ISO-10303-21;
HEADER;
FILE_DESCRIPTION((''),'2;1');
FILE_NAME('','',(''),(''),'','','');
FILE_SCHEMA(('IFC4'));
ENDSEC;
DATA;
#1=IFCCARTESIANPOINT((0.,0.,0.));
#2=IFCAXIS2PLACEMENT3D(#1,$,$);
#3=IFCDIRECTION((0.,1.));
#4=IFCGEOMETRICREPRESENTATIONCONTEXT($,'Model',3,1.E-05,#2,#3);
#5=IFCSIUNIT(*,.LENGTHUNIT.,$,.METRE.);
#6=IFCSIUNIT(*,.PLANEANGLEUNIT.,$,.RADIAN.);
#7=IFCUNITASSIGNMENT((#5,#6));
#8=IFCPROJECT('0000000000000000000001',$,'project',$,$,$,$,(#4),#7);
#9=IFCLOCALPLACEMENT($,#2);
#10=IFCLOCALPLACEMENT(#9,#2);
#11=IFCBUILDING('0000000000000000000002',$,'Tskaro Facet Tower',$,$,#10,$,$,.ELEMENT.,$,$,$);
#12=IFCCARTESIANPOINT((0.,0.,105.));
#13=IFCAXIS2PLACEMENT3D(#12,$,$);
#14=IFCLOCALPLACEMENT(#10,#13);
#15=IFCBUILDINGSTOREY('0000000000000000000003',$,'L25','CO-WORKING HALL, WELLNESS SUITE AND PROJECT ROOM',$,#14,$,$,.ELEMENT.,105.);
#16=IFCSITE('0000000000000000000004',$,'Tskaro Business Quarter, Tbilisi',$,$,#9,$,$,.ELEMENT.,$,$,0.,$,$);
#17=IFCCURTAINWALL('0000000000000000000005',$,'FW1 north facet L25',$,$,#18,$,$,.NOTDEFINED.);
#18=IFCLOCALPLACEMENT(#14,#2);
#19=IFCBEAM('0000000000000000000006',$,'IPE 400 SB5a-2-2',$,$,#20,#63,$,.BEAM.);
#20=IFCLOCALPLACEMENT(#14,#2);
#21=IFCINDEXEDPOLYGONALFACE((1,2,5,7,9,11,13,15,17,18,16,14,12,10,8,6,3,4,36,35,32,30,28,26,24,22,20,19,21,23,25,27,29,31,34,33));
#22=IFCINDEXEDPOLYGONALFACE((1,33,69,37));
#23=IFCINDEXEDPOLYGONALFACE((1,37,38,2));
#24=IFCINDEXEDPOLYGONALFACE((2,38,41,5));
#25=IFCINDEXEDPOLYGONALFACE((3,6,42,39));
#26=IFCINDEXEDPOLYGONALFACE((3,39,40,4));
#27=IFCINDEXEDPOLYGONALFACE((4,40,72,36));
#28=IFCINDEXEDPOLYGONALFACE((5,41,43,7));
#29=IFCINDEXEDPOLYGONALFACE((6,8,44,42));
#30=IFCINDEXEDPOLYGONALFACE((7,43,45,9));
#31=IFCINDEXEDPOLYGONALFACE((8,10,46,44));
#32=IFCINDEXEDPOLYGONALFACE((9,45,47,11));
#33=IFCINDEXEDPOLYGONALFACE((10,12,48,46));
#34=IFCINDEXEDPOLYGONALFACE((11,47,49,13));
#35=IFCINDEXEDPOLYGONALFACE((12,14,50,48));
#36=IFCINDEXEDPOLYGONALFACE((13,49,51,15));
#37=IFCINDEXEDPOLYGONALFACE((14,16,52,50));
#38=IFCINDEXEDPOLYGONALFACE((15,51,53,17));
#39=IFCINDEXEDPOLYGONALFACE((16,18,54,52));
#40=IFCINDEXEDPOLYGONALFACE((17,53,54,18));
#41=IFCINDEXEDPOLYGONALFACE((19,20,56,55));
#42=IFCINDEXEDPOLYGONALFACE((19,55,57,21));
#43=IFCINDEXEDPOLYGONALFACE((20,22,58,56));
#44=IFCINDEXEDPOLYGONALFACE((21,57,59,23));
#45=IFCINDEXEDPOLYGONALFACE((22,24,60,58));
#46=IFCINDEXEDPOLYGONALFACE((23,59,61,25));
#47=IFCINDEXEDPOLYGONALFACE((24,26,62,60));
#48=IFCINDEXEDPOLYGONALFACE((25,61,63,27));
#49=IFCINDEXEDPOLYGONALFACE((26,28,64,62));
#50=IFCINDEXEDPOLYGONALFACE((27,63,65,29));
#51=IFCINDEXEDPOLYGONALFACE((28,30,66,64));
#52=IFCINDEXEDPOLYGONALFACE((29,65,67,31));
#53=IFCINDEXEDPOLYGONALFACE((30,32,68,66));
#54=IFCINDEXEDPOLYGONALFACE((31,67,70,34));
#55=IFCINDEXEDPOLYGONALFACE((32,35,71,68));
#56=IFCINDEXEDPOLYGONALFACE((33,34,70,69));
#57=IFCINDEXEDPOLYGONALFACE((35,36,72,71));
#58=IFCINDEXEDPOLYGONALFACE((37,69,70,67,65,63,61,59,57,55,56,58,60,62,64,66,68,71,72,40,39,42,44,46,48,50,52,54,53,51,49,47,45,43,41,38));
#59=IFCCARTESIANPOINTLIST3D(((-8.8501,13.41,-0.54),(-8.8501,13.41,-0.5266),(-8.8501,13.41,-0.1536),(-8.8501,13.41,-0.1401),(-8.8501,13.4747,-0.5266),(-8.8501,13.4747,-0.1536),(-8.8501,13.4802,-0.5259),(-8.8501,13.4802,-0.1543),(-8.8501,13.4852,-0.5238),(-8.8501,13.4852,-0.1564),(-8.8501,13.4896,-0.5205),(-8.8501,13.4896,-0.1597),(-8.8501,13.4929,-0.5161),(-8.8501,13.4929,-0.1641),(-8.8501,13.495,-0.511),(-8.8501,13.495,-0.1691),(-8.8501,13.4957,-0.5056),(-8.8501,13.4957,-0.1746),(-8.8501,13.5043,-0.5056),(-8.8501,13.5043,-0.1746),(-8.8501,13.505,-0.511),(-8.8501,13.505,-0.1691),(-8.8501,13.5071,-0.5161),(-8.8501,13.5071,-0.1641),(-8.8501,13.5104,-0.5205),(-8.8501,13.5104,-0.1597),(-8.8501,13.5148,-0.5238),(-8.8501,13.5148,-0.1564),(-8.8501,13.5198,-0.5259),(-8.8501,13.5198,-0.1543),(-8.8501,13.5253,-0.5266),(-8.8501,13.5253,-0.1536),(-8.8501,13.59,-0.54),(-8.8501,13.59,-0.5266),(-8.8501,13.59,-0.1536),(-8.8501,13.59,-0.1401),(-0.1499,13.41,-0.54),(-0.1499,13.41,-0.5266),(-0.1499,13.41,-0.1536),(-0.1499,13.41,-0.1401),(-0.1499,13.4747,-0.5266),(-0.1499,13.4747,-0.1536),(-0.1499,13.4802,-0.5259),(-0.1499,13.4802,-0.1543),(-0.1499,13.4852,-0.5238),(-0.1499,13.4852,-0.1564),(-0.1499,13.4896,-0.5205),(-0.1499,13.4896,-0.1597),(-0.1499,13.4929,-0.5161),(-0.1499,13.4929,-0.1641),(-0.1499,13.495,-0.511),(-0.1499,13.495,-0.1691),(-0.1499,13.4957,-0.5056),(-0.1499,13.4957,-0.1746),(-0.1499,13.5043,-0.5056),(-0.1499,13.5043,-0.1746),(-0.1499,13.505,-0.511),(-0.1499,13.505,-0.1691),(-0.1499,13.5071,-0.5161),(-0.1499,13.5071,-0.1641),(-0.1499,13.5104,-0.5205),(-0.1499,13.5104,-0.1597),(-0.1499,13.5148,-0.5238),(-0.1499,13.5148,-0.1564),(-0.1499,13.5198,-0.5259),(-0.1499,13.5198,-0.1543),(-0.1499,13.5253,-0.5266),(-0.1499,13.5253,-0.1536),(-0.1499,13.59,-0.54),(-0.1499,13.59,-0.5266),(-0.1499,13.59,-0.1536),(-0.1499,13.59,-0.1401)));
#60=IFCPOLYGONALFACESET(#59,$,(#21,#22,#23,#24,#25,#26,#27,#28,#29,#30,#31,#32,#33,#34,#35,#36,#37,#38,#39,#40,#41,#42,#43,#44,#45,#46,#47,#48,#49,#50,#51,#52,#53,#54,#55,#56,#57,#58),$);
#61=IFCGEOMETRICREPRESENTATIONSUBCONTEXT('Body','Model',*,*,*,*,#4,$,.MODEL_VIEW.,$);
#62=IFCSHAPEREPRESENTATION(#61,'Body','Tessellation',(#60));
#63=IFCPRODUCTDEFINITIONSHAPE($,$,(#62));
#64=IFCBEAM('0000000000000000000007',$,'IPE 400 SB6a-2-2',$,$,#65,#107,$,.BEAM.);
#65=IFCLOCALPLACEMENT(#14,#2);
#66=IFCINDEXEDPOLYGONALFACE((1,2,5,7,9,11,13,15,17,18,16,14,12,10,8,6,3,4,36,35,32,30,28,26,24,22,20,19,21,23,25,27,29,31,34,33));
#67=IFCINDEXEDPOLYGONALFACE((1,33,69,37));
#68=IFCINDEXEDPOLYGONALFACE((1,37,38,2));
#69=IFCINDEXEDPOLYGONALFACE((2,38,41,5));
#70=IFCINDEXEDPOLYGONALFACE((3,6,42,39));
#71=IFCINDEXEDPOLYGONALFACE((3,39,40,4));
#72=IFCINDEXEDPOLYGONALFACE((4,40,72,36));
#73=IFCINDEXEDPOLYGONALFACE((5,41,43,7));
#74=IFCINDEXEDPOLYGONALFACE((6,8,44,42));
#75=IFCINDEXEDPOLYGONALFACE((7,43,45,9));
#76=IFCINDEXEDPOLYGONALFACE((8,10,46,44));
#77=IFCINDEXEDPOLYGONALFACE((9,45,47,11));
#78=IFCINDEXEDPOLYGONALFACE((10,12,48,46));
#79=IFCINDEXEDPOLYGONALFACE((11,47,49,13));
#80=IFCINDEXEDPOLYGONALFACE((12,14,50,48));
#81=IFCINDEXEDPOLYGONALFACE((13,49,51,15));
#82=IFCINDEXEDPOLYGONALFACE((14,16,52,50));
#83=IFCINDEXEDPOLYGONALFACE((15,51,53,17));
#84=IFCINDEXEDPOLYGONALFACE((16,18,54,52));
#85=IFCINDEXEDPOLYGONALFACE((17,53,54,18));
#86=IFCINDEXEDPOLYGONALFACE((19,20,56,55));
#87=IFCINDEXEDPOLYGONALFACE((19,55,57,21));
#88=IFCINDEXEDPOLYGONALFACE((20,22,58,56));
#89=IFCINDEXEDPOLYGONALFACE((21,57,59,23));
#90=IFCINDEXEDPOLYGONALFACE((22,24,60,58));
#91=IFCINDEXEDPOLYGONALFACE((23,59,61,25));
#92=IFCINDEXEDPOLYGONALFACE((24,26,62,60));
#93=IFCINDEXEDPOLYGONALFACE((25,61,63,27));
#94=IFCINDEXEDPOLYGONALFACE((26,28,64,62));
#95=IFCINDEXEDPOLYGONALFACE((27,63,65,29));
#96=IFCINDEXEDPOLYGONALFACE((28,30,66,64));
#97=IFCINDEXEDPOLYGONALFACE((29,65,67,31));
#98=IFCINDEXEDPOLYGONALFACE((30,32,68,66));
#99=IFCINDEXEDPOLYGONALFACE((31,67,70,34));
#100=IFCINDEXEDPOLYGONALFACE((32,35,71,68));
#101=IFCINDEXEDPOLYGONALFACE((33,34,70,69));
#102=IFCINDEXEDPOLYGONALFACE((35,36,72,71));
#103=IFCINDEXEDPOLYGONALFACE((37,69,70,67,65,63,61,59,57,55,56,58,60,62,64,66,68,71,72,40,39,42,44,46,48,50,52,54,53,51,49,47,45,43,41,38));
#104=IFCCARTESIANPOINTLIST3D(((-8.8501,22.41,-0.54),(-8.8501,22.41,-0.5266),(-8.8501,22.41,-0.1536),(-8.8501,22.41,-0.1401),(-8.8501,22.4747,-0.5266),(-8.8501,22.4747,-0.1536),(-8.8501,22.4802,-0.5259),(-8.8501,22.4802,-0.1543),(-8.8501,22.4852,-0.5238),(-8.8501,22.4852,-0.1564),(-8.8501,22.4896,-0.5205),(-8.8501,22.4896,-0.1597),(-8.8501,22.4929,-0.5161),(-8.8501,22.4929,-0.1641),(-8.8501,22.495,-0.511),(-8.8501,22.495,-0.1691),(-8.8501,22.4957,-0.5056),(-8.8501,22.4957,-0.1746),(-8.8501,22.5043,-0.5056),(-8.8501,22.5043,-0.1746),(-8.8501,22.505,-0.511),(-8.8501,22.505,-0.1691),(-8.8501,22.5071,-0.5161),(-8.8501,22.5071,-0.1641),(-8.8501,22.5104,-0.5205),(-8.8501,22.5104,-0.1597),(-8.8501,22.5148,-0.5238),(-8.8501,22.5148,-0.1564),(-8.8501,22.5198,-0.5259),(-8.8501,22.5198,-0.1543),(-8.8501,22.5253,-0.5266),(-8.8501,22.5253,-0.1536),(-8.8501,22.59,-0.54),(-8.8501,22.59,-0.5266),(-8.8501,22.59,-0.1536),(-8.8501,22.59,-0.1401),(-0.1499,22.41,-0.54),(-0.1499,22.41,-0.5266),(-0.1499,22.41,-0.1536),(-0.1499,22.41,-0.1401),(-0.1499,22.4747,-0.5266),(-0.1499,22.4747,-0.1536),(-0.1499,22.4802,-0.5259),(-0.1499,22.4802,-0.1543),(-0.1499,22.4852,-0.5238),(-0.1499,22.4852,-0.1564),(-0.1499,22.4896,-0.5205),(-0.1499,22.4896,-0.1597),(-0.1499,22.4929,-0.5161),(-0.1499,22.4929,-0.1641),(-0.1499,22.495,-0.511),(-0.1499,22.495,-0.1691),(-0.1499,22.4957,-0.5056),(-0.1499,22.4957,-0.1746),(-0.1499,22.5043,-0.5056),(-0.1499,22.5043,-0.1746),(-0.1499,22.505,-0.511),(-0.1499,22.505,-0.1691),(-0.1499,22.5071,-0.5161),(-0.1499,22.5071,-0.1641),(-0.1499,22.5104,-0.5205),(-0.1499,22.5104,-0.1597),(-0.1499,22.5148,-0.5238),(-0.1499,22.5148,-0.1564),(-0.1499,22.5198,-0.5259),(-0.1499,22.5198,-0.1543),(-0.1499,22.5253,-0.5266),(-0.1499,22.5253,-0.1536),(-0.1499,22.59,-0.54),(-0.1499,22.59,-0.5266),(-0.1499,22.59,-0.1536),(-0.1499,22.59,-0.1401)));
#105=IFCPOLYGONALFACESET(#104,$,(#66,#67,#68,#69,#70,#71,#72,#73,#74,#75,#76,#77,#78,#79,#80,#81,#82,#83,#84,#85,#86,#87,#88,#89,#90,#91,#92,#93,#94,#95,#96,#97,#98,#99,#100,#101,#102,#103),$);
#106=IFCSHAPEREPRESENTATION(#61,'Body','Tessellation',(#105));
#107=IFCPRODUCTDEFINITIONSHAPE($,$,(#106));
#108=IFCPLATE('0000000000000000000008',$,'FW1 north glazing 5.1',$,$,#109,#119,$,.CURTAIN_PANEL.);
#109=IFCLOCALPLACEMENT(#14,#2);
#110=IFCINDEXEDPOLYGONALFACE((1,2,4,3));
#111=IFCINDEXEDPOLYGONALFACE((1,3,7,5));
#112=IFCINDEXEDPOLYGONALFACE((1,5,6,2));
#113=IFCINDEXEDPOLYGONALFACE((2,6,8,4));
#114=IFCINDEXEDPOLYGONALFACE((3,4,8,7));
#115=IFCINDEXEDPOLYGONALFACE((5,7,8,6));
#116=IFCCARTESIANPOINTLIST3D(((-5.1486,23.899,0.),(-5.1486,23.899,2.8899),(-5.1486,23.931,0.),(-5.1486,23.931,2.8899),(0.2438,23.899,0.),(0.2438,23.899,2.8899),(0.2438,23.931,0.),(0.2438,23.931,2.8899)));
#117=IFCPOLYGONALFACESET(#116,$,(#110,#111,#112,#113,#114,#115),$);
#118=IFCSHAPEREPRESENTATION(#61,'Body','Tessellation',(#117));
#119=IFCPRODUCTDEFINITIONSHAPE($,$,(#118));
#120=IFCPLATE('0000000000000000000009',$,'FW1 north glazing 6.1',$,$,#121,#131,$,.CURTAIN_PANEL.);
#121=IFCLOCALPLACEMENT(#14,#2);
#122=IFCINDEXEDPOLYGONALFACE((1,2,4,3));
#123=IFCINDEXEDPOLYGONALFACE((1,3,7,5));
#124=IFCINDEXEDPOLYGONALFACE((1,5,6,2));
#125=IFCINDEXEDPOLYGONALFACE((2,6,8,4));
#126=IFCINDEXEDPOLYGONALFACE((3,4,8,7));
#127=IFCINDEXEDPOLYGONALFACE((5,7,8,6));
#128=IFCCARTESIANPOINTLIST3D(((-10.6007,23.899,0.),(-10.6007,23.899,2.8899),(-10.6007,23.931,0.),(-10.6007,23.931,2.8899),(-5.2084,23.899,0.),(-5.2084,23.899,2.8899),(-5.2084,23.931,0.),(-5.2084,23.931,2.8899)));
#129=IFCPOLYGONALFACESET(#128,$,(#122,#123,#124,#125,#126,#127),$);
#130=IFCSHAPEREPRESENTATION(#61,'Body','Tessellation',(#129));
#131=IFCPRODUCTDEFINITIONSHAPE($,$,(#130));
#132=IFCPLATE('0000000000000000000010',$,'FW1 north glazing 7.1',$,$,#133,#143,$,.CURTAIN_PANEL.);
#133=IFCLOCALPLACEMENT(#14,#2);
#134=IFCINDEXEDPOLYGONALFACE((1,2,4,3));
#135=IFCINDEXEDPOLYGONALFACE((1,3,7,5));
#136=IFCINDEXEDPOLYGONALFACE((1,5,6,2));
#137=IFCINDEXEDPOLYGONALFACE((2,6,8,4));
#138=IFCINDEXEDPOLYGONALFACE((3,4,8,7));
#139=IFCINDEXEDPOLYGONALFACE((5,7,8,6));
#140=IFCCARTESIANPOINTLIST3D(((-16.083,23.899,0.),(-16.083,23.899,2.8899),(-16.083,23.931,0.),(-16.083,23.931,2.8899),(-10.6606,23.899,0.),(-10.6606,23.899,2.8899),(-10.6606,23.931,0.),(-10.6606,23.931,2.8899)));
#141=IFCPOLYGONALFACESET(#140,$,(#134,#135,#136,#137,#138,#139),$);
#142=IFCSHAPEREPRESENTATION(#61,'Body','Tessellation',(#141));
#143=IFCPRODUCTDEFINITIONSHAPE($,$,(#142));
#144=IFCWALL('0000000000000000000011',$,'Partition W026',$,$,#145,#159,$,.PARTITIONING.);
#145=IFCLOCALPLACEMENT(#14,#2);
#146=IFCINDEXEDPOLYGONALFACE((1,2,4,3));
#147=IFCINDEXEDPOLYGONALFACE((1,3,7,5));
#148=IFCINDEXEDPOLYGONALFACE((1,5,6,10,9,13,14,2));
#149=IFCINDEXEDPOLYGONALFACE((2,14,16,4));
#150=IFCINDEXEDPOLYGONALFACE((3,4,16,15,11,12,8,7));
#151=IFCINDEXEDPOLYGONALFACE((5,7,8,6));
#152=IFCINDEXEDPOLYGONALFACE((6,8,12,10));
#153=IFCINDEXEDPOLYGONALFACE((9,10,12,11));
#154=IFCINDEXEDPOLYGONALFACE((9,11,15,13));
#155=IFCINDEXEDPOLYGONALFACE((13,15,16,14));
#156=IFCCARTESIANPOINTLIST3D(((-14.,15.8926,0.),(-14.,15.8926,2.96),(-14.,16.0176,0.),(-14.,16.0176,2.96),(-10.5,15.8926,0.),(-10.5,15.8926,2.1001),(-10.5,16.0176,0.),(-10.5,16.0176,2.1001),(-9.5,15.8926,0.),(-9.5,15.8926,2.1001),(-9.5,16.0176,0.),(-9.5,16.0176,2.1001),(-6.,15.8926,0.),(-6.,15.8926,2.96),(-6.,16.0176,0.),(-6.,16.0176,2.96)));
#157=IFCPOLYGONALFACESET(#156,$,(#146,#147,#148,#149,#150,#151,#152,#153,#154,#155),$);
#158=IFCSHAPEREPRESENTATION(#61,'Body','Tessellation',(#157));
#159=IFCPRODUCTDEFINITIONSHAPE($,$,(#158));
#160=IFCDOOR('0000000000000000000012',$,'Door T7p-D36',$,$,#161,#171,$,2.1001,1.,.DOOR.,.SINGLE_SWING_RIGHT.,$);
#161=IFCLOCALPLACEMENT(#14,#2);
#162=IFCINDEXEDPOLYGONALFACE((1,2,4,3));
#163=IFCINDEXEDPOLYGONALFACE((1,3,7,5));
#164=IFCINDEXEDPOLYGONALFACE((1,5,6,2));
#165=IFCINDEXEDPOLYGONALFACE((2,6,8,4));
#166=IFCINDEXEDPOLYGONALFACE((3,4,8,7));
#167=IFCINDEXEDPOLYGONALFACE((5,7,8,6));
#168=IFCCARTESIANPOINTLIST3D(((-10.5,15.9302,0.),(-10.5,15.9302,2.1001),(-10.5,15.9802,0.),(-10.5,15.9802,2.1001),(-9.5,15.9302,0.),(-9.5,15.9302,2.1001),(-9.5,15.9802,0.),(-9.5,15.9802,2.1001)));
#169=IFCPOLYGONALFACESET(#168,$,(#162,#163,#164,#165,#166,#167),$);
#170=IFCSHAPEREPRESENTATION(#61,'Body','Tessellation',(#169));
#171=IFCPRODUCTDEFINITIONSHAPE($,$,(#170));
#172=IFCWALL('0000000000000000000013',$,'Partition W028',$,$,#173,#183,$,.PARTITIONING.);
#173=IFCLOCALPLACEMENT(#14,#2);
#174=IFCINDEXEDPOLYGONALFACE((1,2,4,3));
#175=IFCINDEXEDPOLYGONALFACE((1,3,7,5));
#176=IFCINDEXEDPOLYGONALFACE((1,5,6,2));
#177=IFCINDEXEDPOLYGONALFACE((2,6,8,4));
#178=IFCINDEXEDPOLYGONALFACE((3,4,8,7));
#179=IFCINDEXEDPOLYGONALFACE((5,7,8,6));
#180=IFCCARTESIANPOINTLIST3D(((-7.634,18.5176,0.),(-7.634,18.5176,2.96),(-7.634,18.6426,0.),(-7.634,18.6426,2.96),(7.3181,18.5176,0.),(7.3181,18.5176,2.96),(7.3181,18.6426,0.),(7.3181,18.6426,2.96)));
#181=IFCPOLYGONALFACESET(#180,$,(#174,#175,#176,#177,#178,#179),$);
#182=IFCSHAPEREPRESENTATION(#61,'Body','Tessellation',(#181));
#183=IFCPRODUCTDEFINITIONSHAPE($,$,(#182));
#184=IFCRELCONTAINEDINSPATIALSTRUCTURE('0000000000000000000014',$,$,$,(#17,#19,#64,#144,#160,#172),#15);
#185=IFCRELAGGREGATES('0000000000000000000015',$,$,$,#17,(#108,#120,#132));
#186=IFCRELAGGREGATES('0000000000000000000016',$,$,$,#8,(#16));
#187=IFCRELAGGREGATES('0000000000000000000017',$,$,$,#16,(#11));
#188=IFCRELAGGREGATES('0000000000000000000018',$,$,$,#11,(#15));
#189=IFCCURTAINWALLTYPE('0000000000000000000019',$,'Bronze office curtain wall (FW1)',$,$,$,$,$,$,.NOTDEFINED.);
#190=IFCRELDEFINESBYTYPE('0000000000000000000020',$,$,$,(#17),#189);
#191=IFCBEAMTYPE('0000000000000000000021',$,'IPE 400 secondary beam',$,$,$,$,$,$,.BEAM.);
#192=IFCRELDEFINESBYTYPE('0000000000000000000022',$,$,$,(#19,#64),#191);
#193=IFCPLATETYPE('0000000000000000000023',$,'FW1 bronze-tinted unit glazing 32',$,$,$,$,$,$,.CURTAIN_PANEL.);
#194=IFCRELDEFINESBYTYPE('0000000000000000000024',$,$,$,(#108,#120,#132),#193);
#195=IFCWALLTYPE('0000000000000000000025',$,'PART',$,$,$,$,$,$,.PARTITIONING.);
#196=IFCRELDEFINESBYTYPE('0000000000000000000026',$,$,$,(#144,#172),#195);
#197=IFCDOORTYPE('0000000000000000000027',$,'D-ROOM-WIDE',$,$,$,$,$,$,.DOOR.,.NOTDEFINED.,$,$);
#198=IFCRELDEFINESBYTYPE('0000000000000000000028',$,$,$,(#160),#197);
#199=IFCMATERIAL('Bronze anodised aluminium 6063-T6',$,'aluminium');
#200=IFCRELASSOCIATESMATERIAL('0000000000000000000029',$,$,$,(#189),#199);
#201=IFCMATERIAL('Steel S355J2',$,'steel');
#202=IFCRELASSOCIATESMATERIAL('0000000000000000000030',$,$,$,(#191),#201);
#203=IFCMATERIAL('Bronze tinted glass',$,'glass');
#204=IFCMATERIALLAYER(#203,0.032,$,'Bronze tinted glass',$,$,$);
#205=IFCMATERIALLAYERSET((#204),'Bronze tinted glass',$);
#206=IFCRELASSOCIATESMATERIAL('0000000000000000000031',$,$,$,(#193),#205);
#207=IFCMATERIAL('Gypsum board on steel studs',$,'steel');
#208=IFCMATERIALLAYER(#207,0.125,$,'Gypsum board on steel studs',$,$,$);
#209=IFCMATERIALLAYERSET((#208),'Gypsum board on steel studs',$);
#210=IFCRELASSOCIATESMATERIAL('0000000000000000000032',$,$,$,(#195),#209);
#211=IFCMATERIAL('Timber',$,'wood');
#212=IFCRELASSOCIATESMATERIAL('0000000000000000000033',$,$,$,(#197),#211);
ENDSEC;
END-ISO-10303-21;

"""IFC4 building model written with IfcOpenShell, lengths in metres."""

from ifc_helpers import new_model, si_unit, direction, frame, frame_2d, origin, origin_2d, place, context, subcontext, project, spatial, rectangle, i_section, extrude, material, layer, layer_set, material_profile, profile_set, type_object, element, fill, aggregate, save


model = new_model("IFC4")

# Units and contexts
model_context = context("Model", 3, precision=1e-05, world=origin(), true_north=direction((0.0, 1.0)))
body_context = subcontext(model_context, "Body", "Model", "MODEL_VIEW")
ifc_project = project(units=[si_unit("LENGTHUNIT", "METRE"), si_unit("PLANEANGLEUNIT", "RADIAN")], contexts=[model_context])

# Site, building, storey
site_placement = place(None, origin())
site = spatial("IfcSite", under=ifc_project, at=site_placement, Name="Tskaro Business Quarter, Tbilisi", CompositionType="ELEMENT", RefElevation=0.0)
building_placement = place(site_placement, origin())
building = spatial("IfcBuilding", under=site, at=building_placement, Name="Tskaro Facet Tower", CompositionType="ELEMENT")
storey_placement = place(building_placement, frame((0.0, 0.0, 105.0)))
storey = spatial("IfcBuildingStorey", under=building, at=storey_placement, Name="L25", Description="CO-WORKING HALL, WELLNESS SUITE AND PROJECT ROOM", CompositionType="ELEMENT", Elevation=105.0)

# Curtain wall
ifc_material_1 = material(Name="Bronze anodised aluminium 6063-T6", Category="aluminium")
curtain_wall_type = type_object("IfcCurtainWallType", Name="Bronze office curtain wall (FW1)", PredefinedType="NOTDEFINED", material=ifc_material_1)
curtain_wall_placement = place(storey_placement, origin())
curtain_wall = element("IfcCurtainWall", 1, at=curtain_wall_placement, inside=storey, type_object=curtain_wall_type, Name="FW1 north facet L25", PredefinedType="NOTDEFINED")

# Beams
ifc_material_2 = material(Name="Steel S355J2", Category="steel")
ifc_material_profile_1 = material_profile(ifc_material_2, i_section(OverallWidth=0.1799, OverallDepth=0.3999, WebThickness=0.0085, FlangeThickness=0.0134, FilletRadius=0.021, at=origin_2d()), Name="IPE 400")
ifc_profile_set_1 = profile_set([ifc_material_profile_1], Name="Steel S355J2")
beam_type_1 = type_object("IfcBeamType", Name="IPE 400 secondary beam", PredefinedType="BEAM", material=ifc_profile_set_1)
for number, where, z_axis, x_axis, name in (
    (2, (-8.8501, 13.5, -0.3401), (1.0, 0.0, 0.0), (0.0, 1.0, 0.0), "IPE 400 SB5a-2-2"),
    (3, (-8.8501, 22.5, -0.3401), (1.0, 0.0, 0.0), (0.0, 1.0, 0.0), "IPE 400 SB6a-2-2"),
):
    element("IfcBeam", number, at=place(storey_placement, frame(where, z_axis=z_axis, x_axis=x_axis)), inside=storey, type_object=beam_type_1, Name=name, PredefinedType="BEAM", context=body_context, shape_type="SweptSolid", body=[
        extrude(i_section(OverallWidth=0.1799, OverallDepth=0.3999, WebThickness=0.0085, FlangeThickness=0.0134, FilletRadius=0.021, at=origin_2d()), origin(), (0.0, 0.0, 1.0), 8.7002),
    ])

# Plates
ifc_material_3 = material(Name="Bronze tinted glass", Category="glass")
ifc_layer_1 = layer(ifc_material_3, 0.032, Name="Bronze tinted glass")
ifc_layer_set_1 = layer_set([ifc_layer_1], Name="Bronze tinted glass")
plate_type = type_object("IfcPlateType", Name="FW1 bronze-tinted unit glazing 32", PredefinedType="CURTAIN_PANEL", material=ifc_layer_set_1)
plate_1_placement = place(storey_placement, frame((-2.4524, 23.915, 0.0), z_axis=(0.0, 0.0, 1.0), x_axis=(-1.0, 0.0, 0.0)))
plate_1 = element("IfcPlate", 4, at=plate_1_placement, type_object=plate_type, Name="FW1 north glazing 5.1", PredefinedType="CURTAIN_PANEL", context=body_context, shape_type="SweptSolid", body=[
    extrude(rectangle(XDim=5.3923, YDim=0.032, at=origin_2d()), origin(), (0.0, 0.0, 1.0), 2.8899),
])
plate_2_placement = place(storey_placement, frame((-7.9045, 23.915, 0.0), z_axis=(0.0, 0.0, 1.0), x_axis=(-1.0, 0.0, 0.0)))
plate_2 = element("IfcPlate", 5, at=plate_2_placement, type_object=plate_type, Name="FW1 north glazing 6.1", PredefinedType="CURTAIN_PANEL", context=body_context, shape_type="SweptSolid", body=[
    extrude(rectangle(XDim=5.3923, YDim=0.032, at=origin_2d()), origin(), (0.0, 0.0, 1.0), 2.8899),
])
plate_3_placement = place(storey_placement, frame((-13.3718, 23.915, 0.0), z_axis=(0.0, 0.0, 1.0), x_axis=(-1.0, 0.0, 0.0)))
plate_3 = element("IfcPlate", 6, at=plate_3_placement, type_object=plate_type, Name="FW1 north glazing 7.1", PredefinedType="CURTAIN_PANEL", context=body_context, shape_type="SweptSolid", body=[
    extrude(rectangle(XDim=5.4224, YDim=0.032, at=origin_2d()), origin(), (0.0, 0.0, 1.0), 2.8899),
])
aggregate(curtain_wall, [plate_1, plate_2, plate_3])

# Wall, opening, door
ifc_material_4 = material(Name="Gypsum board on steel studs", Category="steel")
ifc_layer_2 = layer(ifc_material_4, 0.125, Name="Gypsum board on steel studs")
ifc_layer_set_2 = layer_set([ifc_layer_2], Name="Gypsum board on steel studs")
wall_type = type_object("IfcWallType", Name="PART", PredefinedType="PARTITIONING", material=ifc_layer_set_2)
wall_1_placement = place(storey_placement, frame((-6.0, 15.9551, 0.0), z_axis=(0.0, 0.0, 1.0), x_axis=(-1.0, 0.0, 0.0)))
wall_1 = element("IfcWall", 7, at=wall_1_placement, inside=storey, type_object=wall_type, Name="Partition W026", PredefinedType="PARTITIONING", context=body_context, shape_type="SweptSolid", body=[
    extrude(rectangle(XDim=8.0, YDim=0.125, at=frame_2d((4.0, 0.0))), origin(), (0.0, 0.0, 1.0), 2.96),
])
opening_1_placement = place(wall_1_placement, frame((3.5, 0.0, 0.0)))
opening_1 = element("IfcOpeningElement", 8, at=opening_1_placement, cuts=wall_1, PredefinedType="OPENING", context=body_context, shape_type="SweptSolid", body=[
    extrude(rectangle(XDim=1.0, YDim=2.1001, at=frame_2d((0.5, 1.05))), frame((0.0, 0.0725, 0.0), z_axis=(0.0, -1.0, 0.0), x_axis=(1.0, 0.0, 0.0)), (0.0, 0.0, 1.0), 0.145),
])
ifc_material_5 = material(Name="Timber", Category="wood")
door_type = type_object("IfcDoorType", Name="D-ROOM-WIDE", OperationType="NOTDEFINED", PredefinedType="DOOR", material=ifc_material_5)
door_1_placement = place(opening_1_placement, origin())
door_1 = element("IfcDoor", 9, at=door_1_placement, inside=storey, type_object=door_type, Name="Door T7p-D36", OperationType="SINGLE_SWING_RIGHT", OverallHeight=2.1001, OverallWidth=1.0, PredefinedType="DOOR", context=body_context, shape_type="SweptSolid", body=[
    extrude(rectangle(XDim=1.0, YDim=2.1001, at=frame_2d((0.5, 1.05))), frame((0.0, 0.0249, 0.0), z_axis=(0.0, -1.0, 0.0), x_axis=(1.0, 0.0, 0.0)), (0.0, 0.0, 1.0), 0.05),
])
fill(opening_1, door_1)

# Wall
wall_2_placement = place(storey_placement, frame((-7.634, 18.5801, 0.0), z_axis=(0.0, 0.0, 1.0), x_axis=(1.0, 0.0, 0.0)))
element("IfcWall", 10, at=wall_2_placement, inside=storey, type_object=wall_type, Name="Partition W028", PredefinedType="PARTITIONING", context=body_context, shape_type="SweptSolid", body=[
    extrude(rectangle(XDim=14.9521, YDim=0.125, at=frame_2d((7.4761, 0.0))), origin(), (0.0, 0.0, 1.0), 2.96),
])

save(model, "model.ifc")
